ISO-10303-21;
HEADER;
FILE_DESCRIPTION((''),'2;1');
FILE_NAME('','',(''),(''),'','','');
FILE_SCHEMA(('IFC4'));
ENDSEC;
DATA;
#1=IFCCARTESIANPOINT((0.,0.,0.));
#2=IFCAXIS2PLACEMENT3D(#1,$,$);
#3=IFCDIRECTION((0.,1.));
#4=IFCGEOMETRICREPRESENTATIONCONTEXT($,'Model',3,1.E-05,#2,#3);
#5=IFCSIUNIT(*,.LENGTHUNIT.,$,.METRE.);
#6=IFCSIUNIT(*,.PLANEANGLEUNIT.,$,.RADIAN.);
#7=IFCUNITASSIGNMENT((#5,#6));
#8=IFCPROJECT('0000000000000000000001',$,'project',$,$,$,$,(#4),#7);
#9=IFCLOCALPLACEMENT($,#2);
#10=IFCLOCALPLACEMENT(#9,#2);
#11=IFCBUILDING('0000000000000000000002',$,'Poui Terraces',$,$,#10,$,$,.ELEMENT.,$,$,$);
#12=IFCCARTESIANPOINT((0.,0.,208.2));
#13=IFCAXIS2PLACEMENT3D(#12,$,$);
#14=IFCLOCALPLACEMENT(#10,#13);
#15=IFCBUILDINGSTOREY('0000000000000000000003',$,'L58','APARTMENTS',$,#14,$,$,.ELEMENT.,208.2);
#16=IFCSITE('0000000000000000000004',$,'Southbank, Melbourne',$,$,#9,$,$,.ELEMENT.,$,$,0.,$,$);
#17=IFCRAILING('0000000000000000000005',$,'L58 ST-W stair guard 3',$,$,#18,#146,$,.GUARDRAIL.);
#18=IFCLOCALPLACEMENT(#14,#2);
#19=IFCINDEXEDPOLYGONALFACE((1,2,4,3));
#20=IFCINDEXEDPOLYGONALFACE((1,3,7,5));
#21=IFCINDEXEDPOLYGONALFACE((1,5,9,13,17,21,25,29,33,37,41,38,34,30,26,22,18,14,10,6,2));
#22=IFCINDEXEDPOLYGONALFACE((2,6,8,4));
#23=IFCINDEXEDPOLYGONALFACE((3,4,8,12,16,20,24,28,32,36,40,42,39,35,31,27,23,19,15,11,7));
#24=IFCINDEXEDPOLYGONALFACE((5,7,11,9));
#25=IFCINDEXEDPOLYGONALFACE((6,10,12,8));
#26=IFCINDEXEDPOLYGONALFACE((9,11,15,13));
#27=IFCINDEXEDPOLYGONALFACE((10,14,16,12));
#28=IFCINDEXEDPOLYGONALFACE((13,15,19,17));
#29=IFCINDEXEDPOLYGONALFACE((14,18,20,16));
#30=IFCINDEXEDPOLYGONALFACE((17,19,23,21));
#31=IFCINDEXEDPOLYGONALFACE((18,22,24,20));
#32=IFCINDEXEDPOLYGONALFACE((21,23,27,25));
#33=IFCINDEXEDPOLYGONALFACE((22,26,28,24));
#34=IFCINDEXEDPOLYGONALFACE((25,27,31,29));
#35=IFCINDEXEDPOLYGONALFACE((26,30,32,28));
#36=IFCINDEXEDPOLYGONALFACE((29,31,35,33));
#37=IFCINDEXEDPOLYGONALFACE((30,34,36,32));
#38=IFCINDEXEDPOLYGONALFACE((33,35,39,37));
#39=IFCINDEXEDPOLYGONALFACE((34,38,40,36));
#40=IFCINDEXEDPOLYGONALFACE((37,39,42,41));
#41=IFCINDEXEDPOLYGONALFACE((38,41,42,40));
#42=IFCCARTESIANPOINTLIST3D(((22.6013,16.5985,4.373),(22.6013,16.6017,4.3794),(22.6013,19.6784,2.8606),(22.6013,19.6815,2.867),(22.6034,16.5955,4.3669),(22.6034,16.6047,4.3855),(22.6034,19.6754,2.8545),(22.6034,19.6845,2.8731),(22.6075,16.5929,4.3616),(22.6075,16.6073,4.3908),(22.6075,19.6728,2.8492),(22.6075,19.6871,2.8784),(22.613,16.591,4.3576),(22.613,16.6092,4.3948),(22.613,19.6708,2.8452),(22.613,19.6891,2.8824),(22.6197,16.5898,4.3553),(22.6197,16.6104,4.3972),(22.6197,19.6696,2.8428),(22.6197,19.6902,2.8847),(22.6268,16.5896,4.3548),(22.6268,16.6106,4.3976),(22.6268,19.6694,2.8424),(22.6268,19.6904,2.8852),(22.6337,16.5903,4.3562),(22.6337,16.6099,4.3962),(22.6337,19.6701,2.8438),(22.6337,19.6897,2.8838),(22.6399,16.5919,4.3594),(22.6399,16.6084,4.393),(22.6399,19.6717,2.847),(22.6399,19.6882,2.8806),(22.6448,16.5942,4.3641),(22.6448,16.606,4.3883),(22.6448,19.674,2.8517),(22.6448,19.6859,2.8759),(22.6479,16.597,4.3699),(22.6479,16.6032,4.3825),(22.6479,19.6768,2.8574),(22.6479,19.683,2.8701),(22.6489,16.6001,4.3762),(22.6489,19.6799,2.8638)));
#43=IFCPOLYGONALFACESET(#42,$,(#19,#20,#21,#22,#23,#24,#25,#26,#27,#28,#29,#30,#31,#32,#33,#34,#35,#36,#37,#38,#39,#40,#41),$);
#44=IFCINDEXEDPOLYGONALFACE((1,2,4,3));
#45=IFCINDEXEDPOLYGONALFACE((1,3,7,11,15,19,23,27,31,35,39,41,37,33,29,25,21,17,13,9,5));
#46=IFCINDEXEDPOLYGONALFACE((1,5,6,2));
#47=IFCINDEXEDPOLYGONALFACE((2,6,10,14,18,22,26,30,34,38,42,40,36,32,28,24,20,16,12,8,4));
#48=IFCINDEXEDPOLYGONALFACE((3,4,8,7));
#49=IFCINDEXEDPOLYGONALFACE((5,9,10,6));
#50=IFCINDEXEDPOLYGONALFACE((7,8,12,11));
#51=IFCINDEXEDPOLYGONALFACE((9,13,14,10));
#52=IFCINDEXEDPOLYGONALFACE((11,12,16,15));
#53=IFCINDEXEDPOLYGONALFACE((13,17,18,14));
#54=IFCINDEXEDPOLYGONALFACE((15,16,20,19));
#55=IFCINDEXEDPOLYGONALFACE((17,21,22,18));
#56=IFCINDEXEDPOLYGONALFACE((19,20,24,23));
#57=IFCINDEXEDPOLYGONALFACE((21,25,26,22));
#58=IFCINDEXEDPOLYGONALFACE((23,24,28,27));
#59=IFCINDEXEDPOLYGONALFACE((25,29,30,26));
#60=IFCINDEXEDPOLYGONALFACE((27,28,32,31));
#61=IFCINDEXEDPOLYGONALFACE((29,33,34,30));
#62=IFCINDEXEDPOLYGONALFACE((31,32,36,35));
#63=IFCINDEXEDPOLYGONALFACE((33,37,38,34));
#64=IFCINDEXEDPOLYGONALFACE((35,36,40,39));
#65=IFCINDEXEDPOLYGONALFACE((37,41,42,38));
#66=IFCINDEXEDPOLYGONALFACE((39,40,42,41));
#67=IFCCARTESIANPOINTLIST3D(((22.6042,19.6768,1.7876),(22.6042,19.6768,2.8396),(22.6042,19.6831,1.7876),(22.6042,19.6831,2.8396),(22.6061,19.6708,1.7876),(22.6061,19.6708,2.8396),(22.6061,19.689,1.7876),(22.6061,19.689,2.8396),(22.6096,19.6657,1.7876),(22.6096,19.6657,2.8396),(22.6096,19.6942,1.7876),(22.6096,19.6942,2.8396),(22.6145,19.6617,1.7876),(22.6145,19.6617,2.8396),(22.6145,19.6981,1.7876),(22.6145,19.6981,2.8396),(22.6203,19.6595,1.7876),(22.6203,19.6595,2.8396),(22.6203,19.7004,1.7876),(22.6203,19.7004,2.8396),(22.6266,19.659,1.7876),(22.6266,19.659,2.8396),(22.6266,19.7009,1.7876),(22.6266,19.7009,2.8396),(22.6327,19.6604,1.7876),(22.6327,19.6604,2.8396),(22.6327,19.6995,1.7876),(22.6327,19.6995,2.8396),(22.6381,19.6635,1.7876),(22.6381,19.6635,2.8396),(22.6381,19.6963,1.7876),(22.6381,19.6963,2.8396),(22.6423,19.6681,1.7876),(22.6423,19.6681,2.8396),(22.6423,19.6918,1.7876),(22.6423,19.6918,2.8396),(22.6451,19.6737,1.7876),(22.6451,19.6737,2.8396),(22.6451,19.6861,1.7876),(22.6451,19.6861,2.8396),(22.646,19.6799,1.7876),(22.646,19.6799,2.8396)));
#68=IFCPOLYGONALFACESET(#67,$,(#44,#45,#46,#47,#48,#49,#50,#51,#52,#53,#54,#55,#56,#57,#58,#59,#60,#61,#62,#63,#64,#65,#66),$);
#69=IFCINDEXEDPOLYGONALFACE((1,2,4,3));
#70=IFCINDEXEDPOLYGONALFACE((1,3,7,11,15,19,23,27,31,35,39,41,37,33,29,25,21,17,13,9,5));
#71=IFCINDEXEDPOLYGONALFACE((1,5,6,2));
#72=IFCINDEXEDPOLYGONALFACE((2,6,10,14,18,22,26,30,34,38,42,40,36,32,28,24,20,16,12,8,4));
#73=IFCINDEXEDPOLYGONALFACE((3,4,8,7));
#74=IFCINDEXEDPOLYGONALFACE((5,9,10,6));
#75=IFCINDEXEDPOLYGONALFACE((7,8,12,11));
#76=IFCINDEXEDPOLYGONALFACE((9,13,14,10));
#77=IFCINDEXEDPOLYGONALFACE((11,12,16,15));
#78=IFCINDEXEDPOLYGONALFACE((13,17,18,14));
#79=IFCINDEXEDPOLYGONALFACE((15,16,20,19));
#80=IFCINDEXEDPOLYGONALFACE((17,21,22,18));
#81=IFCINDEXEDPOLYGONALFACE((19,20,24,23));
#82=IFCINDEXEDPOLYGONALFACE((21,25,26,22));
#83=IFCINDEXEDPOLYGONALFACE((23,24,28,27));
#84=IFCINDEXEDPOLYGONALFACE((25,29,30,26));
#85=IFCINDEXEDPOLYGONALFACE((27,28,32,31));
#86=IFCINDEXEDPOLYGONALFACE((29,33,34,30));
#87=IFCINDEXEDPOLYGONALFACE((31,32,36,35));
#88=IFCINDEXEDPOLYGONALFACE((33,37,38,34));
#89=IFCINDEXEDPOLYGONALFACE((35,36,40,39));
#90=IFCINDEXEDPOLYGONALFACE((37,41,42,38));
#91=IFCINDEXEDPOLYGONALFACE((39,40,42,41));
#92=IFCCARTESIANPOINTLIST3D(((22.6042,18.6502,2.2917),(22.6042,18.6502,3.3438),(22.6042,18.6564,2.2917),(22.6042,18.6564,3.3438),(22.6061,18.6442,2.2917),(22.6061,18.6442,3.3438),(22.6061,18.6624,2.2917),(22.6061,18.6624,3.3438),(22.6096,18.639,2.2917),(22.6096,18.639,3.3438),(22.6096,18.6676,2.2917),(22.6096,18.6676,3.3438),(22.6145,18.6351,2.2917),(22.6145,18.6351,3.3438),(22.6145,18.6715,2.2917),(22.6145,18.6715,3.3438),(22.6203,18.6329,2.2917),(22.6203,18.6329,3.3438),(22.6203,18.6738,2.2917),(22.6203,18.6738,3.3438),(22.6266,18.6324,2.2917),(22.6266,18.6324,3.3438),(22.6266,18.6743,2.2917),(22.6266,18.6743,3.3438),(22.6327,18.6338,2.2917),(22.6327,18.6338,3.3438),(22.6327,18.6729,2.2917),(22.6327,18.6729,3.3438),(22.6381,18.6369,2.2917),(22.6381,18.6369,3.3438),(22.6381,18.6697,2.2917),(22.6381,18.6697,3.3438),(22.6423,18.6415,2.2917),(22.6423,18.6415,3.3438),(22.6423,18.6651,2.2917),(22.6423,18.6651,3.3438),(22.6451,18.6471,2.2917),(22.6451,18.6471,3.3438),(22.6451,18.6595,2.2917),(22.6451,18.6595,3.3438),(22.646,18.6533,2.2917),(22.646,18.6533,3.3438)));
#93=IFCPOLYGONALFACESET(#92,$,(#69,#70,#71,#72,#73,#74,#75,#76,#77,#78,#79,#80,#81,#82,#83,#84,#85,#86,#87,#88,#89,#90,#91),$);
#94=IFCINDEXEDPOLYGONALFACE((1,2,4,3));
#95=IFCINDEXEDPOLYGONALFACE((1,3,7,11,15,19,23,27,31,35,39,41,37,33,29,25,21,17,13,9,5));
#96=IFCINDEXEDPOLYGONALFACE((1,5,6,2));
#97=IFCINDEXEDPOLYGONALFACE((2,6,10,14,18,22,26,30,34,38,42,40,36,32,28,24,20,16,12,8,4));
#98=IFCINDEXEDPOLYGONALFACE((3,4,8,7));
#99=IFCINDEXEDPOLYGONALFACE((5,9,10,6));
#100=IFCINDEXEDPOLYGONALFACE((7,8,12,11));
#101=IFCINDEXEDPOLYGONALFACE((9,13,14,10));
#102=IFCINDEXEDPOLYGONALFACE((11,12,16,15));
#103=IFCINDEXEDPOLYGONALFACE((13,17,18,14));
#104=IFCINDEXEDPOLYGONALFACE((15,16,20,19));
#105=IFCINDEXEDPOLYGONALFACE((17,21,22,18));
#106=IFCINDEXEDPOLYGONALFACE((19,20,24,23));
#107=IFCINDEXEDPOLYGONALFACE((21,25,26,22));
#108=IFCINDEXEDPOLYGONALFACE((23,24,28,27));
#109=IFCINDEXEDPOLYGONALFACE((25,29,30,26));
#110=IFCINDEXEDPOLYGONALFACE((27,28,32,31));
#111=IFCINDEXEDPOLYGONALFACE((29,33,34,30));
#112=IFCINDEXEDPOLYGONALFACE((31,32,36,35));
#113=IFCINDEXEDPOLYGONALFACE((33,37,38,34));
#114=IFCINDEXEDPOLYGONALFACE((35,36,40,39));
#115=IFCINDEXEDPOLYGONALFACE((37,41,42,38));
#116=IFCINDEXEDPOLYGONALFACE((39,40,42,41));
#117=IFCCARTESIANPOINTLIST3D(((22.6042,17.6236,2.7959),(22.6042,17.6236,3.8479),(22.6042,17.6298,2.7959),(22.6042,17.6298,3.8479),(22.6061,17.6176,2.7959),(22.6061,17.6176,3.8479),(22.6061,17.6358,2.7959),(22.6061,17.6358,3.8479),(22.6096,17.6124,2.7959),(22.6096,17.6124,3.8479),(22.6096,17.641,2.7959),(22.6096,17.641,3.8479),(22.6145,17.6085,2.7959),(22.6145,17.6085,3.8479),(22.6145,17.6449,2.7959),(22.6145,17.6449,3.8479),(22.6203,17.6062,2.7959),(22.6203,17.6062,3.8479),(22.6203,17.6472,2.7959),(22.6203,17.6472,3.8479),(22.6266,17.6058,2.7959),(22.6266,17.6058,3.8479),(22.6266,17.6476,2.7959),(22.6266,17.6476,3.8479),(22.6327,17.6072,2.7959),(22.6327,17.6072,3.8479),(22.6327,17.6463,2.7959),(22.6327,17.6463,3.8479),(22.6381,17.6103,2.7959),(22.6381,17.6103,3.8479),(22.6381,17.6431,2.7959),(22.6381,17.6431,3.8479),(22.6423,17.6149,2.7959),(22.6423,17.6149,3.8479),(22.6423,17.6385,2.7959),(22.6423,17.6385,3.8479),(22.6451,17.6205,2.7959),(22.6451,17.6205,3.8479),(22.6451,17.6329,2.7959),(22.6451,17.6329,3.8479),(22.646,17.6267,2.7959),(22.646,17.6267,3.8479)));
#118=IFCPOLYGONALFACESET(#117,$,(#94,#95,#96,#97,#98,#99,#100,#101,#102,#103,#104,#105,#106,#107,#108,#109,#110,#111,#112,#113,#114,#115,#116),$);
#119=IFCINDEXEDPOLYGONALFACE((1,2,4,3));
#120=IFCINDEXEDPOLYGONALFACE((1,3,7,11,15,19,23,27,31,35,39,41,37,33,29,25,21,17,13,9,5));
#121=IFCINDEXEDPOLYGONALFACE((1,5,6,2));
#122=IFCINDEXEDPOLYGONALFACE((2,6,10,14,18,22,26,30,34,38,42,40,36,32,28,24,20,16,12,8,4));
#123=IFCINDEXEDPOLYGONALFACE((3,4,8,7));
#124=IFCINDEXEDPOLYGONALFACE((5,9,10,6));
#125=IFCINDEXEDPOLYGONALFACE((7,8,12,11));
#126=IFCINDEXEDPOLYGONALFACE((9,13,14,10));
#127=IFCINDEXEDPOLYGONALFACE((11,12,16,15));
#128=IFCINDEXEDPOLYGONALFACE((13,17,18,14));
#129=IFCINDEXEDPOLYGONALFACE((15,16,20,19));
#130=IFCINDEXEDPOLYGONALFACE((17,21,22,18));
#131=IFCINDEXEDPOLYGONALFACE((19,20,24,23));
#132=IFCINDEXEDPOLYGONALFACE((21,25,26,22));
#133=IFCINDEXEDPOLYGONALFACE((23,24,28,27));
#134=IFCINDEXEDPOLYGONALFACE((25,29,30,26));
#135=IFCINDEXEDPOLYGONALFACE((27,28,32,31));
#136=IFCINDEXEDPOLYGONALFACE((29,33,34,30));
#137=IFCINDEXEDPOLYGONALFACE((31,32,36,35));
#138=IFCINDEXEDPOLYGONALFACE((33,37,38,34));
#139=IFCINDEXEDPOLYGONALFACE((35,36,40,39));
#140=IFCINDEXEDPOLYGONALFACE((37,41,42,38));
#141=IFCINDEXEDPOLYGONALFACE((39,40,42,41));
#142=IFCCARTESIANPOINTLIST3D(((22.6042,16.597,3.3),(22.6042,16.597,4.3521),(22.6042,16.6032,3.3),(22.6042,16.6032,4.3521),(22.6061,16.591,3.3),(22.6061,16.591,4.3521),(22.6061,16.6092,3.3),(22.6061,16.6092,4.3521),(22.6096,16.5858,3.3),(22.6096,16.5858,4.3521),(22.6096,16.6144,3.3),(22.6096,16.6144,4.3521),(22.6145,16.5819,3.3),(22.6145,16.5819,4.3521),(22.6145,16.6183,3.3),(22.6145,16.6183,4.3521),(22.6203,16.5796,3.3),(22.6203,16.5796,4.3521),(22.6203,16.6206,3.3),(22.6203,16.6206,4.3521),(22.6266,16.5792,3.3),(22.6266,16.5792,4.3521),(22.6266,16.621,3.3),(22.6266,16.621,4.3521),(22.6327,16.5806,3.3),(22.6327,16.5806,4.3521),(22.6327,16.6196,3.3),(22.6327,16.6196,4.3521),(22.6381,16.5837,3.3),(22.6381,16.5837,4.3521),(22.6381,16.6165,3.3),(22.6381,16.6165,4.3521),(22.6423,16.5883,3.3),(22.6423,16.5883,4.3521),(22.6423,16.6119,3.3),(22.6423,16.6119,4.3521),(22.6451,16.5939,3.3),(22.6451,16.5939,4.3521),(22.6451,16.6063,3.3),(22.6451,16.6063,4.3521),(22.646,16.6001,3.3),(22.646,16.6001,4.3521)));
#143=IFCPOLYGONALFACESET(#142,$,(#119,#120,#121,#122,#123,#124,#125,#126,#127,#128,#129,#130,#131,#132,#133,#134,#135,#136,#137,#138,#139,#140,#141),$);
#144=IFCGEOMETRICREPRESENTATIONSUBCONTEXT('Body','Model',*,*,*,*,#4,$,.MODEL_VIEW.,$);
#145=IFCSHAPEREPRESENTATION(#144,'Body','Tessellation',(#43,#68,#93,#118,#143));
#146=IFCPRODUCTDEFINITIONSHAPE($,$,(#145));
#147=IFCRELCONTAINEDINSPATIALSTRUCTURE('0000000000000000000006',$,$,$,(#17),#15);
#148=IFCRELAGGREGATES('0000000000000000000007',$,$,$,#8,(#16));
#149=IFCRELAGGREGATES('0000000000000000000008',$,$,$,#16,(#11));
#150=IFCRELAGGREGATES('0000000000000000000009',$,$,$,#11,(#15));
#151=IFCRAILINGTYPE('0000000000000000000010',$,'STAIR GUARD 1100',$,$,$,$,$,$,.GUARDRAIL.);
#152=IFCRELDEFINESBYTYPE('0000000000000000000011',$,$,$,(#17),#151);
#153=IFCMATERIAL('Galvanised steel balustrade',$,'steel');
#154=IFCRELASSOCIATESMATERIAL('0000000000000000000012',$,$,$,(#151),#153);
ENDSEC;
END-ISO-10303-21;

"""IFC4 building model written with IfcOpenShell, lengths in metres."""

from ifc_helpers import new_model, si_unit, direction, frame, origin, origin_2d, place, context, subcontext, project, spatial, circle, extrude, material, type_object, element, save


model = new_model("IFC4")

# Units and contexts
model_context = context("Model", 3, precision=1e-05, world=origin(), true_north=direction((0.0, 1.0)))
body_context = subcontext(model_context, "Body", "Model", "MODEL_VIEW")
ifc_project = project(units=[si_unit("LENGTHUNIT", "METRE"), si_unit("PLANEANGLEUNIT", "RADIAN")], contexts=[model_context])

# Site, building, storey
site_placement = place(None, origin())
site = spatial("IfcSite", under=ifc_project, at=site_placement, Name="Southbank, Melbourne", CompositionType="ELEMENT", RefElevation=0.0)
building_placement = place(site_placement, origin())
building = spatial("IfcBuilding", under=site, at=building_placement, Name="Poui Terraces", CompositionType="ELEMENT")
storey_placement = place(building_placement, frame((0.0, 0.0, 208.2)))
storey = spatial("IfcBuildingStorey", under=building, at=storey_placement, Name="L58", Description="APARTMENTS", CompositionType="ELEMENT", Elevation=208.2)

# Railing
ifc_material_1 = material(Name="Galvanised steel balustrade", Category="steel")
railing_type_1 = type_object("IfcRailingType", Name="STAIR GUARD 1100", PredefinedType="GUARDRAIL", material=ifc_material_1)
railing_1_placement = place(storey_placement, frame((22.625, 19.6799, 1.7876)))
element("IfcRailing", 1, at=railing_1_placement, inside=storey, type_object=railing_type_1, Name="L58 ST-W stair guard 3", PredefinedType="GUARDRAIL", context=body_context, shape_type="SweptSolid", body=[
    extrude(circle(Radius=0.0239, at=origin_2d()), frame((0.0, 0.0, 1.0762), z_axis=(0.0, -0.897606, 0.440798), x_axis=(1.0, 0.0, 0.0)), (0.0, 0.0, 1.0), 3.4312),
    extrude(circle(Radius=0.021, at=origin_2d()), origin(), (0.0, 0.0, 1.0), 1.052),
    extrude(circle(Radius=0.021, at=origin_2d()), frame((0.0, -1.0266, 0.5042)), (0.0, 0.0, 1.0), 1.052),
    extrude(circle(Radius=0.021, at=origin_2d()), frame((0.0, -2.0532, 1.0083)), (0.0, 0.0, 1.0), 1.052),
    extrude(circle(Radius=0.021, at=origin_2d()), frame((0.0, -3.0798, 1.5125)), (0.0, 0.0, 1.0), 1.052),
])

save(model, "model.ifc")
